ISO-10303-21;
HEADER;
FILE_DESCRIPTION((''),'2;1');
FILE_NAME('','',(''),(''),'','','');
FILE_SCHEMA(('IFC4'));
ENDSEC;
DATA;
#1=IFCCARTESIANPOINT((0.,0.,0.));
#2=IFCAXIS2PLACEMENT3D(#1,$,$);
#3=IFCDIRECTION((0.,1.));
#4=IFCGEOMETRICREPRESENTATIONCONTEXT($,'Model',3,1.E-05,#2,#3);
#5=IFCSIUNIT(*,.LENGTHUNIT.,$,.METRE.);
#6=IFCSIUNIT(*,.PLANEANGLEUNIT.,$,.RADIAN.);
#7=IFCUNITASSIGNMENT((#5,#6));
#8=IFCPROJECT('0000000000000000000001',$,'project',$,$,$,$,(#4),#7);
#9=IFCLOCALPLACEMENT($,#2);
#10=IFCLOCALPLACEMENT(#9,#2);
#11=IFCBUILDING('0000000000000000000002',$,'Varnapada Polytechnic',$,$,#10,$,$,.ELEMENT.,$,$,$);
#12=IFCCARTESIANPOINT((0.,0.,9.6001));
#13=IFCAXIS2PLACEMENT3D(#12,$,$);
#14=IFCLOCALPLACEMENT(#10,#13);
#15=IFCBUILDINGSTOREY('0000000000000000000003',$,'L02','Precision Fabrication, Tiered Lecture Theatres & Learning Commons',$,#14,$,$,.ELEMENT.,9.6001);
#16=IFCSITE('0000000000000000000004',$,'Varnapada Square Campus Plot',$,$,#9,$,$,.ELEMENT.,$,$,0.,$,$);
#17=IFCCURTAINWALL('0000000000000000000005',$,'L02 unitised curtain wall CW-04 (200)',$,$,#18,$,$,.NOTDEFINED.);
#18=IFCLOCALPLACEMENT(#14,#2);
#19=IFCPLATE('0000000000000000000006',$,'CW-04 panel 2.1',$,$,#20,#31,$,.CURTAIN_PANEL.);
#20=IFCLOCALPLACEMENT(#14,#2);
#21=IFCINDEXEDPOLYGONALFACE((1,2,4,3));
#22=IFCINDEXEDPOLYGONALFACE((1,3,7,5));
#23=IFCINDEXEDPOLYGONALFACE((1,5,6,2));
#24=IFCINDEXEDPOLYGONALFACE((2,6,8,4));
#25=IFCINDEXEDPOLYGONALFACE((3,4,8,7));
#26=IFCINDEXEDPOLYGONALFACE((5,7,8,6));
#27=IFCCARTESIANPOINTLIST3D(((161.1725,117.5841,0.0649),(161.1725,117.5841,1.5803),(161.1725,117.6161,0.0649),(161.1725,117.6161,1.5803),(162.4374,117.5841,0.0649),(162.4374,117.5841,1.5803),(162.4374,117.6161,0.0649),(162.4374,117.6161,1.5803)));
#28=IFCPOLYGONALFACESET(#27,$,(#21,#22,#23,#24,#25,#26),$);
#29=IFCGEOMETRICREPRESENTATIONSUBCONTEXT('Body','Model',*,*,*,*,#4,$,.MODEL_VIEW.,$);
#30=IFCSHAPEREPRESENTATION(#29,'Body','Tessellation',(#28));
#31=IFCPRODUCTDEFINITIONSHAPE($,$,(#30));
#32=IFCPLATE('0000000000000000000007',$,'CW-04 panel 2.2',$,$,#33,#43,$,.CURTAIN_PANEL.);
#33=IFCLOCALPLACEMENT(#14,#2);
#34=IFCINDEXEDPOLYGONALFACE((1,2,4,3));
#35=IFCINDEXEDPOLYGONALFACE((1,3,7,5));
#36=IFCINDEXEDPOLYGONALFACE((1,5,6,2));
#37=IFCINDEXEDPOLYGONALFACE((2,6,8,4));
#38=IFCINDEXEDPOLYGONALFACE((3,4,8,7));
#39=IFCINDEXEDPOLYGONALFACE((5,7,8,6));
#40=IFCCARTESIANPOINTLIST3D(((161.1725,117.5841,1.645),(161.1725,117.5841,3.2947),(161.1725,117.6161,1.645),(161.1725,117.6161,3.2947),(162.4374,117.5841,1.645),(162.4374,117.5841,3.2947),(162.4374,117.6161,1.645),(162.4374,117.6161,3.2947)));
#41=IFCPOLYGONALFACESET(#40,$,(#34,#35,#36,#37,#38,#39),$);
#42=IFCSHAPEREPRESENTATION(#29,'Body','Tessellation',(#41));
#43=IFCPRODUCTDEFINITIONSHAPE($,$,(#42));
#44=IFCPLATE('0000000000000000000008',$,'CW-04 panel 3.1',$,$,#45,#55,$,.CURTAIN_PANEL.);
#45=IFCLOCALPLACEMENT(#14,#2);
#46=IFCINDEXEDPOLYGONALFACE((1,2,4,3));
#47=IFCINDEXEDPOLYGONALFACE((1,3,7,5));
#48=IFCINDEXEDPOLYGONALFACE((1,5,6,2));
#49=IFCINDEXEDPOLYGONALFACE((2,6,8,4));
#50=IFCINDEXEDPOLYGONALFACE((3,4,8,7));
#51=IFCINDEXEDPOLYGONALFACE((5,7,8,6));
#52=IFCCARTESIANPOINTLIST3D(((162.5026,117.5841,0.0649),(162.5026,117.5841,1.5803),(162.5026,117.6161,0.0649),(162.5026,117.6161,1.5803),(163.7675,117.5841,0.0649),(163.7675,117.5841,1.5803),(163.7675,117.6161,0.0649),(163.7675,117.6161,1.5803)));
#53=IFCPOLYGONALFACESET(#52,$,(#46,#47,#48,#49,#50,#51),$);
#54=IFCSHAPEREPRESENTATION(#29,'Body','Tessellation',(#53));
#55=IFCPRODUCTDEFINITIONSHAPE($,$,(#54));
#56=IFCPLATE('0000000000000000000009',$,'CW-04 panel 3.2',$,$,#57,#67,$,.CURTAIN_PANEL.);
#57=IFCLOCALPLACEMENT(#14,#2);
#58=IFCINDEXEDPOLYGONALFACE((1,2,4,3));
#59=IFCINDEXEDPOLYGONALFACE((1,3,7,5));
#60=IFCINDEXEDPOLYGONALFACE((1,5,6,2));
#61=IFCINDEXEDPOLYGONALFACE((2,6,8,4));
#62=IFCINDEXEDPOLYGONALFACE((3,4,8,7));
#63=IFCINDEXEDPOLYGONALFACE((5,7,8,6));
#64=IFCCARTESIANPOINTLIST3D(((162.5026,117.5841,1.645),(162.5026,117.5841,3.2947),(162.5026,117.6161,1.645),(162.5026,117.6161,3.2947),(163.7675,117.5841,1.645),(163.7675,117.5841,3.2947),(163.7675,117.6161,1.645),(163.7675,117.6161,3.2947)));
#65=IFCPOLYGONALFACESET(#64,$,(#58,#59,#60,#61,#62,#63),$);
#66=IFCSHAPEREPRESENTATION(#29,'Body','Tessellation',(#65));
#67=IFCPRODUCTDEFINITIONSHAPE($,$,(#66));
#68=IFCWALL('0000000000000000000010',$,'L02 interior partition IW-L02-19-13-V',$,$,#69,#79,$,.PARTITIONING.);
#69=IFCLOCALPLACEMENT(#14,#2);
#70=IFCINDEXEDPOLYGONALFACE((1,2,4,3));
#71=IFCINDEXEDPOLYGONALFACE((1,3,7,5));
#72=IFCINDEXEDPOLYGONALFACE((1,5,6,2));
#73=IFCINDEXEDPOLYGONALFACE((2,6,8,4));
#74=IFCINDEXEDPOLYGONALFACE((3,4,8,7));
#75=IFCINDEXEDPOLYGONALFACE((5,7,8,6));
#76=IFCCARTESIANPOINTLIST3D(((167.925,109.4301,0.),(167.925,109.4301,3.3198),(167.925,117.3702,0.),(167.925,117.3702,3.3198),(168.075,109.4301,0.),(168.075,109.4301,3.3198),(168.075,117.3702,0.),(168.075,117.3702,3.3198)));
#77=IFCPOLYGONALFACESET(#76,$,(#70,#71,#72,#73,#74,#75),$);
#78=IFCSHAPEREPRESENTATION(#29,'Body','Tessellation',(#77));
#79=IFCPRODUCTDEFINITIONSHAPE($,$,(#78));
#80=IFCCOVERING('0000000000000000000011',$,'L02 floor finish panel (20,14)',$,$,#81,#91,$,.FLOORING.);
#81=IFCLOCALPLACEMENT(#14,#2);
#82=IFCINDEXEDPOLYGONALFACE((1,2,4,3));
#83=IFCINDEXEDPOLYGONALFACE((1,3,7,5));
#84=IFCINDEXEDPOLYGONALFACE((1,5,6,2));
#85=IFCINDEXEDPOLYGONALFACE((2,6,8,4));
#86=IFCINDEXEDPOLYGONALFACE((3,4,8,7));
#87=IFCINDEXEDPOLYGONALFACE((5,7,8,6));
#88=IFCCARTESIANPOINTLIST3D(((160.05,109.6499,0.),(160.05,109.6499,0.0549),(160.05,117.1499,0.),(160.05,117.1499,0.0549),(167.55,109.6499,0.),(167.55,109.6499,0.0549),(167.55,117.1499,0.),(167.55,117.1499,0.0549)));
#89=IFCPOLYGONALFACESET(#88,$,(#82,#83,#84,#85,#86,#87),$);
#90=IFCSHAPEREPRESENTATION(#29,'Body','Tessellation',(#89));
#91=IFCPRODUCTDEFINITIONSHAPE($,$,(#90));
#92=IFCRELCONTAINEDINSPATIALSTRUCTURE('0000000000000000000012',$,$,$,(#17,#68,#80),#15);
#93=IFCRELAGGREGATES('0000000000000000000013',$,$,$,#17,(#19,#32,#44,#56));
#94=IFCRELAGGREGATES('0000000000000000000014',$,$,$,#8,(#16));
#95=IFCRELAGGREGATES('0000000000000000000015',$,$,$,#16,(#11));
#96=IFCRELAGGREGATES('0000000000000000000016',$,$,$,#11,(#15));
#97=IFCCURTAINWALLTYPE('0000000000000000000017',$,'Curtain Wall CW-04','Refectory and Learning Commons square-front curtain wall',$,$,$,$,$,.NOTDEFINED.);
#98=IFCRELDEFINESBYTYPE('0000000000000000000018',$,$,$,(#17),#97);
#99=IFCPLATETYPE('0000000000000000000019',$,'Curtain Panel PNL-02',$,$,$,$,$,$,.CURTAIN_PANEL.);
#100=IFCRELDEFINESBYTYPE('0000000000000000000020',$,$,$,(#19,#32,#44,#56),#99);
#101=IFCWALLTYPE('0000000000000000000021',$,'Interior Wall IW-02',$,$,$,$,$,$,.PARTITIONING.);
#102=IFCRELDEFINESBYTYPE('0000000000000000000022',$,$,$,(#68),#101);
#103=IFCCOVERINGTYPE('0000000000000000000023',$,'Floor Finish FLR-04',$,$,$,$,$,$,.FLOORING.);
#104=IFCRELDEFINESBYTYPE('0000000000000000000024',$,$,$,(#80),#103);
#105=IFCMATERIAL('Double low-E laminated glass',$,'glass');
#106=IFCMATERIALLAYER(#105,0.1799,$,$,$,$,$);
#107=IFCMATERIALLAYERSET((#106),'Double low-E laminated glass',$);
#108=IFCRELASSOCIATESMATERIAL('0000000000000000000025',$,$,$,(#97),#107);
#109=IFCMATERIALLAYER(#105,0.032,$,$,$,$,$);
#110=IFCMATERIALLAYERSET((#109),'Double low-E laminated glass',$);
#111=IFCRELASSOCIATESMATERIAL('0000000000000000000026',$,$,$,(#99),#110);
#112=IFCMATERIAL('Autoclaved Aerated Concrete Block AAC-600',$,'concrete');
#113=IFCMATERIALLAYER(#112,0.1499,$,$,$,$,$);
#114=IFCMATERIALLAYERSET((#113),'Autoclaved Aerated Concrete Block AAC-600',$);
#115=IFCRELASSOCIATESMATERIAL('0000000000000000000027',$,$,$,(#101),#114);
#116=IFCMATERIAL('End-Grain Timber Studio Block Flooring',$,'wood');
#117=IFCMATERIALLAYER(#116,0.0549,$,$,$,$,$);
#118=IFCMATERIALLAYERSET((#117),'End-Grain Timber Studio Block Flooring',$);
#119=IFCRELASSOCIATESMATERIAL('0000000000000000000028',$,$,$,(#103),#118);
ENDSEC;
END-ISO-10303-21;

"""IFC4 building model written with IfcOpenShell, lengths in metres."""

from ifc_helpers import new_model, si_unit, direction, frame, frame_2d, origin, origin_2d, place, context, subcontext, project, spatial, rectangle, extrude, material, layer, layer_set, type_object, element, aggregate, save


model = new_model("IFC4")

# Units and contexts
model_context = context("Model", 3, precision=1e-05, world=origin(), true_north=direction((0.0, 1.0)))
body_context = subcontext(model_context, "Body", "Model", "MODEL_VIEW")
ifc_project = project(units=[si_unit("LENGTHUNIT", "METRE"), si_unit("PLANEANGLEUNIT", "RADIAN")], contexts=[model_context])

# Site, building, storey
site_placement = place(None, origin())
site = spatial("IfcSite", under=ifc_project, at=site_placement, Name="Varnapada Square Campus Plot", CompositionType="ELEMENT", RefElevation=0.0)
building_placement = place(site_placement, origin())
building = spatial("IfcBuilding", under=site, at=building_placement, Name="Varnapada Polytechnic", CompositionType="ELEMENT")
storey_placement = place(building_placement, frame((0.0, 0.0, 9.6001)))
storey = spatial("IfcBuildingStorey", under=building, at=storey_placement, Name="L02", Description="Precision Fabrication, Tiered Lecture Theatres & Learning Commons", CompositionType="ELEMENT", Elevation=9.6001)

# Curtain wall
ifc_material_1 = material(Name="Double low-E laminated glass", Category="glass")
ifc_layer_1 = layer(ifc_material_1, 0.1799)
ifc_layer_set_1 = layer_set([ifc_layer_1], Name="Double low-E laminated glass")
curtain_wall_type = type_object("IfcCurtainWallType", Name="Curtain Wall CW-04", Description="Refectory and Learning Commons square-front curtain wall", PredefinedType="NOTDEFINED", material=ifc_layer_set_1)
curtain_wall_placement = place(storey_placement, origin())
curtain_wall = element("IfcCurtainWall", 1, at=curtain_wall_placement, inside=storey, type_object=curtain_wall_type, Name="L02 unitised curtain wall CW-04 (200)", PredefinedType="NOTDEFINED")

# Plates
ifc_layer_2 = layer(ifc_material_1, 0.032)
ifc_layer_set_2 = layer_set([ifc_layer_2], Name="Double low-E laminated glass")
plate_type = type_object("IfcPlateType", Name="Curtain Panel PNL-02", PredefinedType="CURTAIN_PANEL", material=ifc_layer_set_2)
plate_1_placement = place(storey_placement, frame((161.8049, 117.6001, 0.0649), z_axis=(0.0, 0.0, 1.0), x_axis=(1.0, 0.0, 0.0)))
plate_1 = element("IfcPlate", 2, at=plate_1_placement, type_object=plate_type, Name="CW-04 panel 2.1", PredefinedType="CURTAIN_PANEL", context=body_context, shape_type="SweptSolid", body=[
    extrude(rectangle(XDim=1.2649, YDim=0.032, at=origin_2d()), origin(), (0.0, 0.0, 1.0), 1.5154),
])
plate_2_placement = place(storey_placement, frame((161.8049, 117.6001, 1.645), z_axis=(0.0, 0.0, 1.0), x_axis=(1.0, 0.0, 0.0)))
plate_2 = element("IfcPlate", 3, at=plate_2_placement, type_object=plate_type, Name="CW-04 panel 2.2", PredefinedType="CURTAIN_PANEL", context=body_context, shape_type="SweptSolid", body=[
    extrude(rectangle(XDim=1.2649, YDim=0.032, at=origin_2d()), origin(), (0.0, 0.0, 1.0), 1.6497),
])
plate_3_placement = place(storey_placement, frame((163.135, 117.6001, 0.0649), z_axis=(0.0, 0.0, 1.0), x_axis=(1.0, 0.0, 0.0)))
plate_3 = element("IfcPlate", 4, at=plate_3_placement, type_object=plate_type, Name="CW-04 panel 3.1", PredefinedType="CURTAIN_PANEL", context=body_context, shape_type="SweptSolid", body=[
    extrude(rectangle(XDim=1.2649, YDim=0.032, at=origin_2d()), origin(), (0.0, 0.0, 1.0), 1.5154),
])
plate_4_placement = place(storey_placement, frame((163.135, 117.6001, 1.645), z_axis=(0.0, 0.0, 1.0), x_axis=(1.0, 0.0, 0.0)))
plate_4 = element("IfcPlate", 5, at=plate_4_placement, type_object=plate_type, Name="CW-04 panel 3.2", PredefinedType="CURTAIN_PANEL", context=body_context, shape_type="SweptSolid", body=[
    extrude(rectangle(XDim=1.2649, YDim=0.032, at=origin_2d()), origin(), (0.0, 0.0, 1.0), 1.6497),
])
aggregate(curtain_wall, [plate_1, plate_2, plate_3, plate_4])

# Wall
ifc_material_2 = material(Name="Autoclaved Aerated Concrete Block AAC-600", Category="concrete")
ifc_layer_3 = layer(ifc_material_2, 0.1499)
ifc_layer_set_3 = layer_set([ifc_layer_3], Name="Autoclaved Aerated Concrete Block AAC-600")
wall_type = type_object("IfcWallType", Name="Interior Wall IW-02", PredefinedType="PARTITIONING", material=ifc_layer_set_3)
wall_placement = place(storey_placement, frame((168.0, 109.4299, 0.0), z_axis=(0.0, 0.0, 1.0), x_axis=(0.0, 1.0, 0.0)))
element("IfcWall", 6, at=wall_placement, inside=storey, type_object=wall_type, Name="L02 interior partition IW-L02-19-13-V", PredefinedType="PARTITIONING", context=body_context, shape_type="SweptSolid", body=[
    extrude(rectangle(XDim=7.9402, YDim=0.1499, at=frame_2d((3.9702, 0.0))), origin(), (0.0, 0.0, 1.0), 3.3198),
])

# Covering
ifc_material_3 = material(Name="End-Grain Timber Studio Block Flooring", Category="wood")
ifc_layer_4 = layer(ifc_material_3, 0.0549)
ifc_layer_set_4 = layer_set([ifc_layer_4], Name="End-Grain Timber Studio Block Flooring")
covering_type = type_object("IfcCoveringType", Name="Floor Finish FLR-04", PredefinedType="FLOORING", material=ifc_layer_set_4)
covering_placement = place(storey_placement, frame((163.8, 113.3999, 0.0), z_axis=(0.0, 0.0, 1.0), x_axis=(1.0, 0.0, 0.0)))
element("IfcCovering", 7, at=covering_placement, inside=storey, type_object=covering_type, Name="L02 floor finish panel (20,14)", PredefinedType="FLOORING", context=body_context, shape_type="SweptSolid", body=[
    extrude(rectangle(XDim=7.5, YDim=7.5, at=origin_2d()), origin(), (0.0, 0.0, 1.0), 0.0549),
])

save(model, "model.ifc")
